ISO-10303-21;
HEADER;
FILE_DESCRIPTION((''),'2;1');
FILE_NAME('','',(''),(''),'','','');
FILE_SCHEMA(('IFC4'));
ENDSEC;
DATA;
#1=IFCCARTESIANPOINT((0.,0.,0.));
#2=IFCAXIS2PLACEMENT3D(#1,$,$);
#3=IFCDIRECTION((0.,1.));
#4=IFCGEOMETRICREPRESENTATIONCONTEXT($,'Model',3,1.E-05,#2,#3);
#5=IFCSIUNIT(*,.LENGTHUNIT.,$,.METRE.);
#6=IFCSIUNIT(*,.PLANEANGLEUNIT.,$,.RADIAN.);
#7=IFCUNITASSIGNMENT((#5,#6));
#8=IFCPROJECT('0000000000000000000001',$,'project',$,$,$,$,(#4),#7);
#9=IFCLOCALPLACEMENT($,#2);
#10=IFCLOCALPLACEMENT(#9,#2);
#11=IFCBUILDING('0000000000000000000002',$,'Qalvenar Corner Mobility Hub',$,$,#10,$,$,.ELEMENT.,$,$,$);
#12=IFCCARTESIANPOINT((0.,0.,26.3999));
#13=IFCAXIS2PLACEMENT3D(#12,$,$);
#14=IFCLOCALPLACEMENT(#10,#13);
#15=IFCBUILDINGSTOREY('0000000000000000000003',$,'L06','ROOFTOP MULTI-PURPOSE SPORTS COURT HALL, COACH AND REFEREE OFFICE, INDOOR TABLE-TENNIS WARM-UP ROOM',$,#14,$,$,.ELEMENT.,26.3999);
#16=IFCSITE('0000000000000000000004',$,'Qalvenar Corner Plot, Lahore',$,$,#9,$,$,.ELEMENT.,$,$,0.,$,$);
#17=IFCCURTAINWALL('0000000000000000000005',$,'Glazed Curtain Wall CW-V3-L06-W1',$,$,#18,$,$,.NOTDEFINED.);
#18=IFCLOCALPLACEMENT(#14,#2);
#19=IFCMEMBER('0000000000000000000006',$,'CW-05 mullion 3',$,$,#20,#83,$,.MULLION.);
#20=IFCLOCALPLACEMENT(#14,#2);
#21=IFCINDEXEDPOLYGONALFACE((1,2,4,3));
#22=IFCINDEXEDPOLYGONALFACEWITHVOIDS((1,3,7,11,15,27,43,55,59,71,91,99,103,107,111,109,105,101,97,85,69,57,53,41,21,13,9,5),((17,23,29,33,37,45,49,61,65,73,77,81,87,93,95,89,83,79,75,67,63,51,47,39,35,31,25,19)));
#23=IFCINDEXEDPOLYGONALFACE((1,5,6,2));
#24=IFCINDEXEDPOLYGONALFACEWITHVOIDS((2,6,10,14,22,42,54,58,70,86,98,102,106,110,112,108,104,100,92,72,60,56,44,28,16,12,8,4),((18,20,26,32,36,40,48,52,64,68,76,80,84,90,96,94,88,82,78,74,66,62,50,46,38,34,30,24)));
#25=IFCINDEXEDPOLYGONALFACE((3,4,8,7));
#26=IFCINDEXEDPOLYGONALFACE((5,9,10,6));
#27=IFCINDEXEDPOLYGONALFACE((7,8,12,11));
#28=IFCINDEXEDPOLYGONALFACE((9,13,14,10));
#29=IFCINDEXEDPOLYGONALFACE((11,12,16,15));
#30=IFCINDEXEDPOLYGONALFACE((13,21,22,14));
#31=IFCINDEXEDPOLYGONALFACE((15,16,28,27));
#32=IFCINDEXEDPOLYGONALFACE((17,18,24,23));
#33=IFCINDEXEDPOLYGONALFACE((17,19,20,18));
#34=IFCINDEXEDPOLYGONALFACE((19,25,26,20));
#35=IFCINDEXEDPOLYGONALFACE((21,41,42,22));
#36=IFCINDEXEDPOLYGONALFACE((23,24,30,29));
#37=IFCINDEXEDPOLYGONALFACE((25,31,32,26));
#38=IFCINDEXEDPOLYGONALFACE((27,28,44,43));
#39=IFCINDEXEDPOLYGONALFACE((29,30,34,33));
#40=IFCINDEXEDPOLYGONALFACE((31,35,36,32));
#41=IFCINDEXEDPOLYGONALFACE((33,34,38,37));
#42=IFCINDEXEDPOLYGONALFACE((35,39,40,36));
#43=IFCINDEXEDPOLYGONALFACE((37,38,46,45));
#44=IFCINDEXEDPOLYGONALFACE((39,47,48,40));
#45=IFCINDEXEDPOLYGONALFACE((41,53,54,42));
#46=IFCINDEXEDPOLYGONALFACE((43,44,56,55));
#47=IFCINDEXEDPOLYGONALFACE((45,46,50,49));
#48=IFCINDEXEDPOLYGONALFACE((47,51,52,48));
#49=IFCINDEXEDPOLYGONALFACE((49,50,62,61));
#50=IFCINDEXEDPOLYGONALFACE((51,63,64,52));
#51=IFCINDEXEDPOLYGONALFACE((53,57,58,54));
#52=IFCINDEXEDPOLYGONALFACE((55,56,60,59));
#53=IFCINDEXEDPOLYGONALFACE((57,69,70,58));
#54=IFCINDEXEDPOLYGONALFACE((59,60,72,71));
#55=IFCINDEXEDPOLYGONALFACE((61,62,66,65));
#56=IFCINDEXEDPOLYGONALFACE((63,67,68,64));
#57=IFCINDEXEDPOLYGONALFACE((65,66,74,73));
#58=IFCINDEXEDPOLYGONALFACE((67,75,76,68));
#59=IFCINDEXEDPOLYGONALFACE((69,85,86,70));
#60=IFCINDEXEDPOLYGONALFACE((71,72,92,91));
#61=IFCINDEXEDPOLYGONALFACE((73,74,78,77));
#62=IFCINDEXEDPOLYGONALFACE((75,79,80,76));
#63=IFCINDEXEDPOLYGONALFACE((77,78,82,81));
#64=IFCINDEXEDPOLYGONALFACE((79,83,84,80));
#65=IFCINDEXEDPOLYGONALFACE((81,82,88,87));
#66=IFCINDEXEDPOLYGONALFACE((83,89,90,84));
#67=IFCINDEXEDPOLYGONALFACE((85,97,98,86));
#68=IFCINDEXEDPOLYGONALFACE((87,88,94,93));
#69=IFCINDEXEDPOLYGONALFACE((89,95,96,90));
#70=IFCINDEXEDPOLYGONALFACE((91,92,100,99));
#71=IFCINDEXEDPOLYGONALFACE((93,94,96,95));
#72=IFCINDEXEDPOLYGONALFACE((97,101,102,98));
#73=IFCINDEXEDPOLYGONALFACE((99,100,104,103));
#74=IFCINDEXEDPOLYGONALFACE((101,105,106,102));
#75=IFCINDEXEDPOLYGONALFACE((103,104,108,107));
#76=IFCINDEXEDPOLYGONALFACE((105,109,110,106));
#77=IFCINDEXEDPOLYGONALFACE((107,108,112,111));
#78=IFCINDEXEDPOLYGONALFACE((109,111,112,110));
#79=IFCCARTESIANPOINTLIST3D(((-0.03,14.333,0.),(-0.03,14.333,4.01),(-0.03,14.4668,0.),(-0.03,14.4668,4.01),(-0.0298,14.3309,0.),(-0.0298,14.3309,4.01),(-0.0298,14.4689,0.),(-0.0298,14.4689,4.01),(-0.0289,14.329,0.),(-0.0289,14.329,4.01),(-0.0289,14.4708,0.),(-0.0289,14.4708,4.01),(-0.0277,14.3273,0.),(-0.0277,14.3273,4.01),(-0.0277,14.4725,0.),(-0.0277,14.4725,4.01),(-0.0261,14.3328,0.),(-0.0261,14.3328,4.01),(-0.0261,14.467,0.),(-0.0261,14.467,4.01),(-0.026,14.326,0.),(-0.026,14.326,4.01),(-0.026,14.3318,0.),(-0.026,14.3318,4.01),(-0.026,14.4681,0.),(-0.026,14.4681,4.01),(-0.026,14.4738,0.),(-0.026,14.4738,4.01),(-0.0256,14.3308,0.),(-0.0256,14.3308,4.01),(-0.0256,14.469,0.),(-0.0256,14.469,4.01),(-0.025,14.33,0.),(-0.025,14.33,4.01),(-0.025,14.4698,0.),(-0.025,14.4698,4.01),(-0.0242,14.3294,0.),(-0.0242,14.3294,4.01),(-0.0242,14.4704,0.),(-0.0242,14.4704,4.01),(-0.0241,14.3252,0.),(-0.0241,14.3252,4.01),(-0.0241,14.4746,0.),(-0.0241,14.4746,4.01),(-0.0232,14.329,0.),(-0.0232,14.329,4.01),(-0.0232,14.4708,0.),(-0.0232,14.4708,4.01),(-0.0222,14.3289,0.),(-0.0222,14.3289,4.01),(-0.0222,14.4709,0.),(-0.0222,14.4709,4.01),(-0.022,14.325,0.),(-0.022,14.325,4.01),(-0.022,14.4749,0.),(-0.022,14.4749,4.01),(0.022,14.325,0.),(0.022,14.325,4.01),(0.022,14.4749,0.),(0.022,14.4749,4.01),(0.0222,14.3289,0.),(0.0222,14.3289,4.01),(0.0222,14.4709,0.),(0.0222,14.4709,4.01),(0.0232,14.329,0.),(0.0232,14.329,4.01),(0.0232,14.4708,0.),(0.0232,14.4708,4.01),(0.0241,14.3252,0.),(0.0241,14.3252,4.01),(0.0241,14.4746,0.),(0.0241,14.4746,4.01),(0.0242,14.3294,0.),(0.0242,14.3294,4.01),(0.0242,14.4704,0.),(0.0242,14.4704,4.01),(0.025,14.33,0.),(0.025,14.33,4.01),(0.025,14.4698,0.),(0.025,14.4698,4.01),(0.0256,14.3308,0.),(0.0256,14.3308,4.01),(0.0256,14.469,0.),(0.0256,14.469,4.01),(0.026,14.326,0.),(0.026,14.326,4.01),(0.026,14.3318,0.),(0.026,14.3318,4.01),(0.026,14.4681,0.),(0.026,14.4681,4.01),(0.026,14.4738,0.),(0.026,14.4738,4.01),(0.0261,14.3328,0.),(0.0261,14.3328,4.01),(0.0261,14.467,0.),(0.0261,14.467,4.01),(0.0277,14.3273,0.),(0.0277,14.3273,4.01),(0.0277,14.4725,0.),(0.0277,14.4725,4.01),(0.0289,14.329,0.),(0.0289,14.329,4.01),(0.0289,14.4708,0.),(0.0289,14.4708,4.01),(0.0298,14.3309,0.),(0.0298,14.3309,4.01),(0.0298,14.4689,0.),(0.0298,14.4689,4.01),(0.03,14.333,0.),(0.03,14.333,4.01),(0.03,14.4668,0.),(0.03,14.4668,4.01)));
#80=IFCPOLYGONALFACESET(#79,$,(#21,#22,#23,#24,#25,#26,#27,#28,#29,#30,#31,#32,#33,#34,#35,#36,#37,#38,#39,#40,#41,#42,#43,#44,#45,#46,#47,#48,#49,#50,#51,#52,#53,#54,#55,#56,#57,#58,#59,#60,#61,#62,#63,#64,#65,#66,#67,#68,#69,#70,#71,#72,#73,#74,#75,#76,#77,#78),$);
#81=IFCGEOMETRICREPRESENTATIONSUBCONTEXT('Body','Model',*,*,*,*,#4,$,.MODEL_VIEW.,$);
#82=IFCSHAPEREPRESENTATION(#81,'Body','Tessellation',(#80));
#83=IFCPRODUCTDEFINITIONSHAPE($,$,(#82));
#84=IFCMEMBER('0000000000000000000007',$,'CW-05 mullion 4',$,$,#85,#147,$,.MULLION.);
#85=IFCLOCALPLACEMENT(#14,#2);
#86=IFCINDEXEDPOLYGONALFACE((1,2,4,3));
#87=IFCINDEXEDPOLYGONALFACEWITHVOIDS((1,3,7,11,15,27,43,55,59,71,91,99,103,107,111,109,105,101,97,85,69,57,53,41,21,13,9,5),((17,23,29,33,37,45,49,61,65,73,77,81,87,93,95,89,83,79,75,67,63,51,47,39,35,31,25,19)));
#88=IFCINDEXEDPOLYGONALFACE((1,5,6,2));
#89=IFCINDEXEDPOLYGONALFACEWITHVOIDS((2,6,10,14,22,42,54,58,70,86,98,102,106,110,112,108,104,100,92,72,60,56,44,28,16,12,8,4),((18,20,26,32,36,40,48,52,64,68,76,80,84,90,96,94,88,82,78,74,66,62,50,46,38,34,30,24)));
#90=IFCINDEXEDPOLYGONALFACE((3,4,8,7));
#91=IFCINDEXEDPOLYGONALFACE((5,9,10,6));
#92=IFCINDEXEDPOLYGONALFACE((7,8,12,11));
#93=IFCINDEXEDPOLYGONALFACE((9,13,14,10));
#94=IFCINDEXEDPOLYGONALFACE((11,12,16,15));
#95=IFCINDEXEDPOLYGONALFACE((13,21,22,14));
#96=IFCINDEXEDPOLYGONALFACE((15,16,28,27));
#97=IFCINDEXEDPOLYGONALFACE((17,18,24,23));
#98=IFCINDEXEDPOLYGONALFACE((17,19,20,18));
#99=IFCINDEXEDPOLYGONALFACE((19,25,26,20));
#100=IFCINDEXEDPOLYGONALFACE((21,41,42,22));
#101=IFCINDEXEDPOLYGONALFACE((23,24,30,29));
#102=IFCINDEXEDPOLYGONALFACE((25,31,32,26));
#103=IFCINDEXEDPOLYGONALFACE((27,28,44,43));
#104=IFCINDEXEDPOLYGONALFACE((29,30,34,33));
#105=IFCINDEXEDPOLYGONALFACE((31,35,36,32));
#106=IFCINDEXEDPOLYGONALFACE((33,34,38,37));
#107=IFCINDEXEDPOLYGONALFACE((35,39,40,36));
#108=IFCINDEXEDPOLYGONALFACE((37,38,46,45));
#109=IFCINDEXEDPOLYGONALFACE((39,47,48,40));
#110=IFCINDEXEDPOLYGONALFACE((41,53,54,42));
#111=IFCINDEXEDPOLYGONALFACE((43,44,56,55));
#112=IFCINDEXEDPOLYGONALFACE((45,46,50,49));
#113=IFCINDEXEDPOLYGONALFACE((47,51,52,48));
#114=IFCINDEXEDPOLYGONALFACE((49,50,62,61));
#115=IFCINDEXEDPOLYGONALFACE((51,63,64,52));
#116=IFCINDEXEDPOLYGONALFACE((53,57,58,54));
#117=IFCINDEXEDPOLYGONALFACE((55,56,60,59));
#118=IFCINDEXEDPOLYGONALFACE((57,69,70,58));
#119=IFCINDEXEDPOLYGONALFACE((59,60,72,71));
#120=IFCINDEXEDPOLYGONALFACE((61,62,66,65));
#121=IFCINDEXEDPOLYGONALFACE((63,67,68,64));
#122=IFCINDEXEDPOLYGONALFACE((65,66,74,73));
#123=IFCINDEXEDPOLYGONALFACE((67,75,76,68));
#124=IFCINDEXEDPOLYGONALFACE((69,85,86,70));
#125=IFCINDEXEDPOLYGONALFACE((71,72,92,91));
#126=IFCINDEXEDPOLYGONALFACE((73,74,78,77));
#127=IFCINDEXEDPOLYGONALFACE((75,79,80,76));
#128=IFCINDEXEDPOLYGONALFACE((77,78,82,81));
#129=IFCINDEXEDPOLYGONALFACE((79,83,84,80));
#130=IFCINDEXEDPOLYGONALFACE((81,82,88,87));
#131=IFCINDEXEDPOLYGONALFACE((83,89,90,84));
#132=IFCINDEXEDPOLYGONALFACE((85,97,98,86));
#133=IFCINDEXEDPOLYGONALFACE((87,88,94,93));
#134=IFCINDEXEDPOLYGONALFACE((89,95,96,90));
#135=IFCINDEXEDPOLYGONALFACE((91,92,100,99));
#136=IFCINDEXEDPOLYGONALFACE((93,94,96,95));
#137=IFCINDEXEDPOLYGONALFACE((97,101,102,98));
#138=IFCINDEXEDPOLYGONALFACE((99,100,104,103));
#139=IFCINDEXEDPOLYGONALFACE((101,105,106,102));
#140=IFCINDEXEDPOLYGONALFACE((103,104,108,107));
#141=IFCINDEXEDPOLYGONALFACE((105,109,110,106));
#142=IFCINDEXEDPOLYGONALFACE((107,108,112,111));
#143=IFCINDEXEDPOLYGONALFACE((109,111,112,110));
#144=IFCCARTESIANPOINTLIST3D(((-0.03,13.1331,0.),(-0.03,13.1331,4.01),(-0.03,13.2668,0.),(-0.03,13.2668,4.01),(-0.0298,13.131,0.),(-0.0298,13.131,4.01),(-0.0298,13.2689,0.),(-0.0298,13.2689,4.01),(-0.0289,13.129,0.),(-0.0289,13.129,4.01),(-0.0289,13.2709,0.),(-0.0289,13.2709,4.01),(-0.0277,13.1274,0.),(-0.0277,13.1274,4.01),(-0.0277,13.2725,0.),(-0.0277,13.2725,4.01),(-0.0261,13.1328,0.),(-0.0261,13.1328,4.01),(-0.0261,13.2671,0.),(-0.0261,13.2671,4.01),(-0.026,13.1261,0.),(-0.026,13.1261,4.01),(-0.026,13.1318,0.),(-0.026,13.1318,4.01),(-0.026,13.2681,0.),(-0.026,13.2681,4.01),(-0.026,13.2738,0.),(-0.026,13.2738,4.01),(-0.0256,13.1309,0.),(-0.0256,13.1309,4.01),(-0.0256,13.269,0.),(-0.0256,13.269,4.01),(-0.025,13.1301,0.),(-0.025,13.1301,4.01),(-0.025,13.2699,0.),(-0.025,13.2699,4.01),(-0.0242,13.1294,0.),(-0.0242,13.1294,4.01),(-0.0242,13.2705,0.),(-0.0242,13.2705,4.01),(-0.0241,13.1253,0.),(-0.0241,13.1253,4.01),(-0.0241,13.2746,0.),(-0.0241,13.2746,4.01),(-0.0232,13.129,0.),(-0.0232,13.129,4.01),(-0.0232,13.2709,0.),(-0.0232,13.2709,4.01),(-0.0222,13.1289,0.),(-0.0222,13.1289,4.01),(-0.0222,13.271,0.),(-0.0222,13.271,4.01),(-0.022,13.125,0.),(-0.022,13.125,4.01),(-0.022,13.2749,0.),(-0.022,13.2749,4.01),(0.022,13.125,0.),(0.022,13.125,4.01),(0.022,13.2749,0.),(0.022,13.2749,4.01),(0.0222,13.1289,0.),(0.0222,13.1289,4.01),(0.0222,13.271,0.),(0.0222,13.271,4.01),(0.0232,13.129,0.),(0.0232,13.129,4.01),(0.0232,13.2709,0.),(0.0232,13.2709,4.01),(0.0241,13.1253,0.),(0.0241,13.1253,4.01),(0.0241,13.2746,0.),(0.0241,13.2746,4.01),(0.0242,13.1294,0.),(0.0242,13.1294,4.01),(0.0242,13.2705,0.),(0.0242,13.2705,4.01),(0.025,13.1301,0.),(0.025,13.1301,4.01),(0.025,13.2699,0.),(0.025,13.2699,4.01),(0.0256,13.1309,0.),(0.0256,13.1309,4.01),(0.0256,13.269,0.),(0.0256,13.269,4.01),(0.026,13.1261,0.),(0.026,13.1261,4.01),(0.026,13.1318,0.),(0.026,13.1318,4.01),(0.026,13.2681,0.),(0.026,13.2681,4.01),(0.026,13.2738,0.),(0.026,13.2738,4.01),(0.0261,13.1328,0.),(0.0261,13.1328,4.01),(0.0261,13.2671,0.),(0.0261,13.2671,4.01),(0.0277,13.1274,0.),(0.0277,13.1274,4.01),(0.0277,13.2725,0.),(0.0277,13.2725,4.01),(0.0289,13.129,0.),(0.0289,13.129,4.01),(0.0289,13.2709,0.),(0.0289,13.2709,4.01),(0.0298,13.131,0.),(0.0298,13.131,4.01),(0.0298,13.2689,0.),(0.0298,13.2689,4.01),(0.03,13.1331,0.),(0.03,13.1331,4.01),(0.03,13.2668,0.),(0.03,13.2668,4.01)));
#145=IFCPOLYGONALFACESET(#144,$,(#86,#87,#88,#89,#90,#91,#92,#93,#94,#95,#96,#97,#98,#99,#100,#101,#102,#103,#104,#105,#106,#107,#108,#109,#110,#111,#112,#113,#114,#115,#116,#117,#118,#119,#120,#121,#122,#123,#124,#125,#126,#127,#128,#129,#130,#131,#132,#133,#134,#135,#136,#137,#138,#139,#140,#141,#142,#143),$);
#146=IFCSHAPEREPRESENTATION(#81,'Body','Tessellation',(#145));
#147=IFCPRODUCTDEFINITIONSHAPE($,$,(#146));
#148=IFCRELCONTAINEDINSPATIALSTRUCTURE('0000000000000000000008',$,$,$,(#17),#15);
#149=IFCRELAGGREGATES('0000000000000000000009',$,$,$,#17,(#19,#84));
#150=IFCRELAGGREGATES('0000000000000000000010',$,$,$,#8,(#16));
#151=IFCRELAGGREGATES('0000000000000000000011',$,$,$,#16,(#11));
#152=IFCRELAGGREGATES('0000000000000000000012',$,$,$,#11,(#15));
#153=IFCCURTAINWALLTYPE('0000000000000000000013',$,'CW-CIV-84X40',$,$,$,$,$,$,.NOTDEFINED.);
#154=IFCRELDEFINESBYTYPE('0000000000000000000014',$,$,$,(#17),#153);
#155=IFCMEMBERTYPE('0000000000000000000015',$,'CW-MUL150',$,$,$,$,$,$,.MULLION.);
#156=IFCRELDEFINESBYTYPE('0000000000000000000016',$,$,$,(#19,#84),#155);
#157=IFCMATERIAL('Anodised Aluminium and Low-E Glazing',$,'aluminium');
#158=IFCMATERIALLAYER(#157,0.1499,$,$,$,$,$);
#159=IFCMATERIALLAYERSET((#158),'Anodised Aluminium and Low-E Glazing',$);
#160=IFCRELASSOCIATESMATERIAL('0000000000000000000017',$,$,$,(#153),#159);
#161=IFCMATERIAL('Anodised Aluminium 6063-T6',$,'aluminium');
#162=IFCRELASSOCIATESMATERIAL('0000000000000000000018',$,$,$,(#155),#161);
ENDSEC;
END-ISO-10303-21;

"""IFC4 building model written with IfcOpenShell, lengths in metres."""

from ifc_helpers import new_model, si_unit, direction, frame, origin, origin_2d, place, context, subcontext, project, spatial, hollow_rectangle, extrude, material, layer, layer_set, material_profile, profile_set, type_object, element, aggregate, save


model = new_model("IFC4")

# Units and contexts
model_context = context("Model", 3, precision=1e-05, world=origin(), true_north=direction((0.0, 1.0)))
body_context = subcontext(model_context, "Body", "Model", "MODEL_VIEW")
ifc_project = project(units=[si_unit("LENGTHUNIT", "METRE"), si_unit("PLANEANGLEUNIT", "RADIAN")], contexts=[model_context])

# Site, building, storey
site_placement = place(None, origin())
site = spatial("IfcSite", under=ifc_project, at=site_placement, Name="Qalvenar Corner Plot, Lahore", CompositionType="ELEMENT", RefElevation=0.0)
building_placement = place(site_placement, origin())
building = spatial("IfcBuilding", under=site, at=building_placement, Name="Qalvenar Corner Mobility Hub", CompositionType="ELEMENT")
storey_placement = place(building_placement, frame((0.0, 0.0, 26.3999)))
storey = spatial("IfcBuildingStorey", under=building, at=storey_placement, Name="L06", Description="ROOFTOP MULTI-PURPOSE SPORTS COURT HALL, COACH AND REFEREE OFFICE, INDOOR TABLE-TENNIS WARM-UP ROOM", CompositionType="ELEMENT", Elevation=26.3999)

# Curtain wall, members
ifc_material_1 = material(Name="Anodised Aluminium and Low-E Glazing", Category="aluminium")
ifc_layer_1 = layer(ifc_material_1, 0.1499)
ifc_layer_set_1 = layer_set([ifc_layer_1], Name="Anodised Aluminium and Low-E Glazing")
curtain_wall_type = type_object("IfcCurtainWallType", Name="CW-CIV-84X40", PredefinedType="NOTDEFINED", material=ifc_layer_set_1)
curtain_wall_placement = place(storey_placement, origin())
curtain_wall = element("IfcCurtainWall", 1, at=curtain_wall_placement, inside=storey, type_object=curtain_wall_type, Name="Glazed Curtain Wall CW-V3-L06-W1", PredefinedType="NOTDEFINED")
ifc_material_2 = material(Name="Anodised Aluminium 6063-T6", Category="aluminium")
ifc_material_profile_1 = material_profile(ifc_material_2, hollow_rectangle(XDim=0.0601, YDim=0.1499, WallThickness=0.0039, InnerFilletRadius=0.0039, OuterFilletRadius=0.0081, at=origin_2d()), Name="RHS150x60x4")
ifc_profile_set_1 = profile_set([ifc_material_profile_1], Name="Anodised Aluminium 6063-T6")
member_type_1 = type_object("IfcMemberType", Name="CW-MUL150", PredefinedType="MULLION", material=ifc_profile_set_1)
member_1_placement = place(storey_placement, frame((0.0, 14.3999, 0.0), z_axis=(0.0, 0.0, 1.0), x_axis=(1.0, 0.0, 0.0)))
member_1 = element("IfcMember", 2, at=member_1_placement, type_object=member_type_1, Name="CW-05 mullion 3", PredefinedType="MULLION", context=body_context, shape_type="SweptSolid", body=[
    extrude(hollow_rectangle(XDim=0.0601, YDim=0.1499, WallThickness=0.0039, InnerFilletRadius=0.0039, OuterFilletRadius=0.0081, at=origin_2d()), origin(), (0.0, 0.0, 1.0), 4.01),
])
member_2_placement = place(storey_placement, frame((0.0, 13.2, 0.0), z_axis=(0.0, 0.0, 1.0), x_axis=(1.0, 0.0, 0.0)))
member_2 = element("IfcMember", 3, at=member_2_placement, type_object=member_type_1, Name="CW-05 mullion 4", PredefinedType="MULLION", context=body_context, shape_type="SweptSolid", body=[
    extrude(hollow_rectangle(XDim=0.0601, YDim=0.1499, WallThickness=0.0039, InnerFilletRadius=0.0039, OuterFilletRadius=0.0081, at=origin_2d()), origin(), (0.0, 0.0, 1.0), 4.01),
])
aggregate(curtain_wall, [member_1, member_2])

save(model, "model.ifc")
